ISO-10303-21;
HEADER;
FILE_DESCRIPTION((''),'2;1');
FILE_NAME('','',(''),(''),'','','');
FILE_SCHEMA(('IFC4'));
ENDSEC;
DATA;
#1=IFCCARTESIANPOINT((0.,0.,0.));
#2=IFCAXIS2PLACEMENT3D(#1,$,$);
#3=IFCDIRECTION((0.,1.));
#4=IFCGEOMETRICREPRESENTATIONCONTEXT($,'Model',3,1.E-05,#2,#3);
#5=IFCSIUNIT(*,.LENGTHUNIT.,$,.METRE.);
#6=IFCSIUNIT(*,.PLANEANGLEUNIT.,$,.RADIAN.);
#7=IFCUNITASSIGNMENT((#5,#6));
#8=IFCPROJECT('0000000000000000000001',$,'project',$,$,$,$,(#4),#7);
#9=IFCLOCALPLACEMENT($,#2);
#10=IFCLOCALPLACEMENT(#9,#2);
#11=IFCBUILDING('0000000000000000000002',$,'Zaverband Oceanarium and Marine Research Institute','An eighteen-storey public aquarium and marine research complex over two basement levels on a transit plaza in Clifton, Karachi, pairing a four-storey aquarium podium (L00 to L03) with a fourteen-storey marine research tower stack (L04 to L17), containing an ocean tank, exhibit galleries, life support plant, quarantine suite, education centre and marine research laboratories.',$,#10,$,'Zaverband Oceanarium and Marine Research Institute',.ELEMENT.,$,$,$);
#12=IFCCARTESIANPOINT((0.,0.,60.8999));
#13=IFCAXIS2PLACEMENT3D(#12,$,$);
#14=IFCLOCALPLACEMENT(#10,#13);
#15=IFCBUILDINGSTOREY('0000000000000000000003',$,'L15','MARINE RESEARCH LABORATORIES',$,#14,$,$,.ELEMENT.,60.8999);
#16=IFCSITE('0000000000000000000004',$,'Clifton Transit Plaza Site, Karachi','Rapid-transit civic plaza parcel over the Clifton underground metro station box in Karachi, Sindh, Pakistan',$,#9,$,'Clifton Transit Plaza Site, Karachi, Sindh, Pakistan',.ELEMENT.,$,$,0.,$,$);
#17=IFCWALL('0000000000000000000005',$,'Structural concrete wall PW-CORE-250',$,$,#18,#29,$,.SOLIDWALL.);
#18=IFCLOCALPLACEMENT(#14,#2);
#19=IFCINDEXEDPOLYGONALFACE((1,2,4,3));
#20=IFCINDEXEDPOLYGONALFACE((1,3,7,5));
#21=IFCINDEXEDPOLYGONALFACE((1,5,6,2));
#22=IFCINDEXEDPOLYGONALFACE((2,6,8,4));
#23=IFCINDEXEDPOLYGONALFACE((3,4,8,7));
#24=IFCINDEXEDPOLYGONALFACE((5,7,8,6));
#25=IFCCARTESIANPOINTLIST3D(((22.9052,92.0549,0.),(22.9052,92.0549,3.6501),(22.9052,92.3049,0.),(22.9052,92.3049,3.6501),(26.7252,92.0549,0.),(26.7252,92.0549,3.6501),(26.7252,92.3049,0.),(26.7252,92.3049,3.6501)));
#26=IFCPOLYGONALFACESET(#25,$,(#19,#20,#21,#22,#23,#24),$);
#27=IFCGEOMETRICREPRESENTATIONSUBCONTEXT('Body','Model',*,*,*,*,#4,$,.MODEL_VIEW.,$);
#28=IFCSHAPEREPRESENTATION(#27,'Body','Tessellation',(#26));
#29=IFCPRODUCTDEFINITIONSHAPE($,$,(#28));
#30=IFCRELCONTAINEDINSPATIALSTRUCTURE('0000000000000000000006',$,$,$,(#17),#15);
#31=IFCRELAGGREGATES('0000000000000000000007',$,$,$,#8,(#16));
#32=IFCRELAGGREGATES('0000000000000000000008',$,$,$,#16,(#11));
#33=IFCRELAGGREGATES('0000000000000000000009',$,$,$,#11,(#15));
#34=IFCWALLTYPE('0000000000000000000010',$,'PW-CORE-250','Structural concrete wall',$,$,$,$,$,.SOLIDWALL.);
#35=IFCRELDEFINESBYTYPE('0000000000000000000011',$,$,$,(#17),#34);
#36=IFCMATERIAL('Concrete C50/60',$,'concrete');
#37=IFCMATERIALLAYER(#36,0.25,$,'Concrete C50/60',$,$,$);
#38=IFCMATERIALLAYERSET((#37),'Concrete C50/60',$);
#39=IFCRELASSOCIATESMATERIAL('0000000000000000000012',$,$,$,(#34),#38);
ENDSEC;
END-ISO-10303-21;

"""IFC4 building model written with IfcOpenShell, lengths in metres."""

from ifc_helpers import new_model, si_unit, direction, frame, frame_2d, origin, place, context, subcontext, project, spatial, rectangle, extrude, material, layer, layer_set, type_object, element, save


model = new_model("IFC4")

# Units and contexts
model_context = context("Model", 3, precision=1e-05, world=origin(), true_north=direction((0.0, 1.0)))
body_context = subcontext(model_context, "Body", "Model", "MODEL_VIEW")
ifc_project = project(units=[si_unit("LENGTHUNIT", "METRE"), si_unit("PLANEANGLEUNIT", "RADIAN")], contexts=[model_context])

# Site, building, storey
site_placement = place(None, origin())
site = spatial("IfcSite", under=ifc_project, at=site_placement, Name="Clifton Transit Plaza Site, Karachi", Description="Rapid-transit civic plaza parcel over the Clifton underground metro station box in Karachi, Sindh, Pakistan", LongName="Clifton Transit Plaza Site, Karachi, Sindh, Pakistan", CompositionType="ELEMENT", RefElevation=0.0)
building_placement = place(site_placement, origin())
building = spatial("IfcBuilding", under=site, at=building_placement, Name="Zaverband Oceanarium and Marine Research Institute", Description="An eighteen-storey public aquarium and marine research complex over two basement levels on a transit plaza in Clifton, Karachi, pairing a four-storey aquarium podium (L00 to L03) with a fourteen-storey marine research tower stack (L04 to L17), containing an ocean tank, exhibit galleries, life support plant, quarantine suite, education centre and marine research laboratories.", LongName="Zaverband Oceanarium and Marine Research Institute", CompositionType="ELEMENT")
storey_placement = place(building_placement, frame((0.0, 0.0, 60.8999)))
storey = spatial("IfcBuildingStorey", under=building, at=storey_placement, Name="L15", Description="MARINE RESEARCH LABORATORIES", CompositionType="ELEMENT", Elevation=60.8999)

# Shared definitions
ifc_material_1 = material(Name="Concrete C50/60", Category="concrete")

# Wall
ifc_layer_1 = layer(ifc_material_1, 0.25, Name="Concrete C50/60")
ifc_layer_set_1 = layer_set([ifc_layer_1], Name="Concrete C50/60")
wall_type_1 = type_object("IfcWallType", Name="PW-CORE-250", Description="Structural concrete wall", PredefinedType="SOLIDWALL", material=ifc_layer_set_1)
for number, where, z_axis, x_axis, name in (
    (1, (22.905, 92.1799, 0.0), (0.0, 0.0, 1.0), (1.0, 0.0, 0.0), "Structural concrete wall PW-CORE-250"),
):
    element("IfcWall", number, at=place(storey_placement, frame(where, z_axis=z_axis, x_axis=x_axis)), inside=storey, type_object=wall_type_1, Name=name, PredefinedType="SOLIDWALL", context=body_context, shape_type="SweptSolid", body=[
        extrude(rectangle(XDim=3.8201, YDim=0.25, at=frame_2d((1.9102, 0.0))), origin(), (0.0, 0.0, 1.0), 3.6501),
    ])

save(model, "model.ifc")
